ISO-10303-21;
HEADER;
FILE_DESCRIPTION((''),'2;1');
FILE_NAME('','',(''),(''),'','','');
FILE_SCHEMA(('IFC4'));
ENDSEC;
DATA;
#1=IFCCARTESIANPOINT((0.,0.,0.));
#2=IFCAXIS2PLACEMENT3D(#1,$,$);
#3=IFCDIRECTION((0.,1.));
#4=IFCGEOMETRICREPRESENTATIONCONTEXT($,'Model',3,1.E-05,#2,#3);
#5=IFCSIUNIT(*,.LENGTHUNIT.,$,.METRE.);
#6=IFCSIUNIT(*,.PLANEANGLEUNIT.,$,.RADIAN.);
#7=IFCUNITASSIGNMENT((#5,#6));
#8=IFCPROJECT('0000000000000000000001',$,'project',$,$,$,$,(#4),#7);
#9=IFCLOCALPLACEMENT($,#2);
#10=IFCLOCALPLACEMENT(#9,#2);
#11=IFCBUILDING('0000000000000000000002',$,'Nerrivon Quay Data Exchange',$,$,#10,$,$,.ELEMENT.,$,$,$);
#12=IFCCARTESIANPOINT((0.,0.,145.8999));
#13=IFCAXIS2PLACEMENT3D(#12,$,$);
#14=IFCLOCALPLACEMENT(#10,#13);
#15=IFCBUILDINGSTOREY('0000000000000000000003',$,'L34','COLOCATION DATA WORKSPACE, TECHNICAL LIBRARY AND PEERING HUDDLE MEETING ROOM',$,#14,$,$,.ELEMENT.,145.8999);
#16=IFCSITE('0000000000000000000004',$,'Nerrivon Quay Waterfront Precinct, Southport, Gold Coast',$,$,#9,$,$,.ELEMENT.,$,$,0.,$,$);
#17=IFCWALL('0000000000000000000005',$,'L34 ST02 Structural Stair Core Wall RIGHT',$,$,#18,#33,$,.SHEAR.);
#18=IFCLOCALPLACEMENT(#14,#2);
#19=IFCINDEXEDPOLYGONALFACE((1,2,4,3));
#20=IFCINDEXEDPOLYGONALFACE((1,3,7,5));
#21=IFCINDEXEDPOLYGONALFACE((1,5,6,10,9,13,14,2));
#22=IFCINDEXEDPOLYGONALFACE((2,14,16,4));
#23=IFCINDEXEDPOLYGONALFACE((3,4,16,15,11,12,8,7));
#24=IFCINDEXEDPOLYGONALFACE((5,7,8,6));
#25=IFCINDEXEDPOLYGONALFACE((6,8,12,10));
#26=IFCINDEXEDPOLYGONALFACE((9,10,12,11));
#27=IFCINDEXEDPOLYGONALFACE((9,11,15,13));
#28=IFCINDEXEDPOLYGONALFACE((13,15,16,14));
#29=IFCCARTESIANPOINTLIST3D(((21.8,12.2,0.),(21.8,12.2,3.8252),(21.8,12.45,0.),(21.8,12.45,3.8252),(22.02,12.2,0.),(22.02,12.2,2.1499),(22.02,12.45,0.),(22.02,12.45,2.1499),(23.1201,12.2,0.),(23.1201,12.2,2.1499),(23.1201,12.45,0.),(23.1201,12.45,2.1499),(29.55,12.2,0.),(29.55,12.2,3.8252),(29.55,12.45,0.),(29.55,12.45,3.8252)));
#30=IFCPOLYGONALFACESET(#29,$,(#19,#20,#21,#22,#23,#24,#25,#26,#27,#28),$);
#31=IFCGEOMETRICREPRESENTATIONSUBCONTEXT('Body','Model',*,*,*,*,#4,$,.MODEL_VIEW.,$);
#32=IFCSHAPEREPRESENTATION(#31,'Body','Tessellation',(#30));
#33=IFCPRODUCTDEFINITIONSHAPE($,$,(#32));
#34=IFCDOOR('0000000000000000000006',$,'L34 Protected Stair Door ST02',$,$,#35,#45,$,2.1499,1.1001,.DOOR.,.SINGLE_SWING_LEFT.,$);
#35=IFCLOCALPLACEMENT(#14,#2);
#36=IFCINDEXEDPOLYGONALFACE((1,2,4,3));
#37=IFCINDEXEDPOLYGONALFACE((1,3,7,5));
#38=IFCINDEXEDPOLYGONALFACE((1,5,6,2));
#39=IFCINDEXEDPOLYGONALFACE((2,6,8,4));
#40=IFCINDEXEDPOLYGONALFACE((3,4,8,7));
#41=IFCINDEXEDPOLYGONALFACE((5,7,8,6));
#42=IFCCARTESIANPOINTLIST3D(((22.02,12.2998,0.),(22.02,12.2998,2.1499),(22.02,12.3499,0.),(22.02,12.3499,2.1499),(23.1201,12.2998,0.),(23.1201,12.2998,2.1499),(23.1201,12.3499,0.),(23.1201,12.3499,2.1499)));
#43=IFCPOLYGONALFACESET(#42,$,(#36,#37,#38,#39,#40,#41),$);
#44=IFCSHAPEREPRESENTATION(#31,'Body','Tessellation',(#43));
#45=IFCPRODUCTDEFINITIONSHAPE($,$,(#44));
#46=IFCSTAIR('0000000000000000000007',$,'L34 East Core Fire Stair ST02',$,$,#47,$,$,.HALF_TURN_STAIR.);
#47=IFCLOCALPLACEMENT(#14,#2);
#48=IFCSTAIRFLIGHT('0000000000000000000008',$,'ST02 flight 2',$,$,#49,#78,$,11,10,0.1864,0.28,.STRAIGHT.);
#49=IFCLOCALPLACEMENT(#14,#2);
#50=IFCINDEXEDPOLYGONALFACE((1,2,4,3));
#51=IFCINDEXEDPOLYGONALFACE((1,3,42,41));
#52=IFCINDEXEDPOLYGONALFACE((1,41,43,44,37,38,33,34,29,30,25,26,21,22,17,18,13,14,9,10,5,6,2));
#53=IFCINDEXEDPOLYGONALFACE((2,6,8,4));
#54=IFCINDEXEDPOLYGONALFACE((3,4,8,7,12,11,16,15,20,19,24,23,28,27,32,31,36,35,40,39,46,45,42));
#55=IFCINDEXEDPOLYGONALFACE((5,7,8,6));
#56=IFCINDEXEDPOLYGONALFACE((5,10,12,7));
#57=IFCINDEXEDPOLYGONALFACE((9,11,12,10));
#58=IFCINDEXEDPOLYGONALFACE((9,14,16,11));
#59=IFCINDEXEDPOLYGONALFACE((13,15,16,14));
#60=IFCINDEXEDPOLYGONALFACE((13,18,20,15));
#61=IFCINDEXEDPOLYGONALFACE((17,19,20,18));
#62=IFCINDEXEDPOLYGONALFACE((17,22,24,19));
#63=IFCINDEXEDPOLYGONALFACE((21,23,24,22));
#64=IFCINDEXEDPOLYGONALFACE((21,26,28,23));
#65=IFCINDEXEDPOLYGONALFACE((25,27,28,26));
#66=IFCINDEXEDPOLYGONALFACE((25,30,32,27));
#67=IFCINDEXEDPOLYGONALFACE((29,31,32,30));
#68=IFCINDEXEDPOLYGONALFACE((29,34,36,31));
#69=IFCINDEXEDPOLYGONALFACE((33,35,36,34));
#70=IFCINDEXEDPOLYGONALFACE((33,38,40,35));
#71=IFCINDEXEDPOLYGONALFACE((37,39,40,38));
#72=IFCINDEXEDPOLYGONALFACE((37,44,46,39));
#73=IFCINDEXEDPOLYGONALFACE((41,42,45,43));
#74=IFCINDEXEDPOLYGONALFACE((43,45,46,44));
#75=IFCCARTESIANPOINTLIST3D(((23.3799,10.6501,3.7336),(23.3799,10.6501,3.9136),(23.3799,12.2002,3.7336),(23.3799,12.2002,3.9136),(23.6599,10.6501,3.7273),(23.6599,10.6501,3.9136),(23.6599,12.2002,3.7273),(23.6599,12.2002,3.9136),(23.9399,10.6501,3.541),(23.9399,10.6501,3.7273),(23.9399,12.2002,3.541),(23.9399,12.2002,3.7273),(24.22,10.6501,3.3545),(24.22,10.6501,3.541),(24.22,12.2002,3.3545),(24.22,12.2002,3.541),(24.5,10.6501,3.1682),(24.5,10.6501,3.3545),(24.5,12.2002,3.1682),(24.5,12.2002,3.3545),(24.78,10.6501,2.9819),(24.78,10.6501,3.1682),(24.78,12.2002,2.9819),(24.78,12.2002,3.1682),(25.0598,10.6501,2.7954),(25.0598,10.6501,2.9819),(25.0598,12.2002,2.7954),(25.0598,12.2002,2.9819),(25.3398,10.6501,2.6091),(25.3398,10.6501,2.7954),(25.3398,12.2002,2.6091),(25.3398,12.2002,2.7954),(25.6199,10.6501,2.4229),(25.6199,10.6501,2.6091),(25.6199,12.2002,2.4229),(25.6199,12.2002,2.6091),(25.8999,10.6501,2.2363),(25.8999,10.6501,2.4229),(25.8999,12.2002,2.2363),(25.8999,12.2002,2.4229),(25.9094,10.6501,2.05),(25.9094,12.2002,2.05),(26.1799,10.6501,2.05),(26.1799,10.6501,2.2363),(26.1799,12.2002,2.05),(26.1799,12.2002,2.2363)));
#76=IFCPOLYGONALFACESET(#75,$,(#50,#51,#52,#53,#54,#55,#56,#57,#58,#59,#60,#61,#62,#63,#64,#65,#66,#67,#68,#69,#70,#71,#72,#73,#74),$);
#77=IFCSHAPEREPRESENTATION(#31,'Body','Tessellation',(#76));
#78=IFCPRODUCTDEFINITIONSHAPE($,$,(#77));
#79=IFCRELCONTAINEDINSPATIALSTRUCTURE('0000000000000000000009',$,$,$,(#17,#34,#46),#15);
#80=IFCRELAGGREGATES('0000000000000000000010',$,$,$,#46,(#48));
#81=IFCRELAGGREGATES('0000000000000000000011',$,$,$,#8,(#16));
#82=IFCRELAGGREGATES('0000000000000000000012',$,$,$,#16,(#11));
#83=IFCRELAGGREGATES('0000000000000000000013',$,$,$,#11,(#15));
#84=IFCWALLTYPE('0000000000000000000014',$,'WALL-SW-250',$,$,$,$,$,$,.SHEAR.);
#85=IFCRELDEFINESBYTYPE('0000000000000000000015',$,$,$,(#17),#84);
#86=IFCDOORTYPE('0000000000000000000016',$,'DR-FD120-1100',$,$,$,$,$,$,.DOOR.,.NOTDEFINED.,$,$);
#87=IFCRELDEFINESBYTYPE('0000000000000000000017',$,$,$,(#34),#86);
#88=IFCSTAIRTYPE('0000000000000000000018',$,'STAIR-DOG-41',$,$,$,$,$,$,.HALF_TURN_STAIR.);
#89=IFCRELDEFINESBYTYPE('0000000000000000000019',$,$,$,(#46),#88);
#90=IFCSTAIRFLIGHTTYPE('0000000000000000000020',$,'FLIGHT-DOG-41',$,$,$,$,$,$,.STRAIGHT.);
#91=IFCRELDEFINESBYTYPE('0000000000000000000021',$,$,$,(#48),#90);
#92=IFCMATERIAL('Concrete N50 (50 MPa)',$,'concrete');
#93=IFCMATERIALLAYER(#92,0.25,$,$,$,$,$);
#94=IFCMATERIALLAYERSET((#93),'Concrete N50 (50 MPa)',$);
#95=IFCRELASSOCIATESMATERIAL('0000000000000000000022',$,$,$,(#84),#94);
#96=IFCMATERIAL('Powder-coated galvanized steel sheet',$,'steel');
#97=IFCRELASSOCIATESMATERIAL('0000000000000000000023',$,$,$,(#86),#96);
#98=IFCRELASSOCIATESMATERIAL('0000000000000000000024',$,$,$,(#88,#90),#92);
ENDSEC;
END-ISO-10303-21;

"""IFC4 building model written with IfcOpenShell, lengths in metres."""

from ifc_helpers import new_model, si_unit, direction, frame, frame_2d, origin, place, context, subcontext, project, spatial, polyline, rectangle, outline, extrude, material, layer, layer_set, type_object, element, fill, aggregate, save


model = new_model("IFC4")

# Units and contexts
model_context = context("Model", 3, precision=1e-05, world=origin(), true_north=direction((0.0, 1.0)))
body_context = subcontext(model_context, "Body", "Model", "MODEL_VIEW")
ifc_project = project(units=[si_unit("LENGTHUNIT", "METRE"), si_unit("PLANEANGLEUNIT", "RADIAN")], contexts=[model_context])

# Site, building, storey
site_placement = place(None, origin())
site = spatial("IfcSite", under=ifc_project, at=site_placement, Name="Nerrivon Quay Waterfront Precinct, Southport, Gold Coast", CompositionType="ELEMENT", RefElevation=0.0)
building_placement = place(site_placement, origin())
building = spatial("IfcBuilding", under=site, at=building_placement, Name="Nerrivon Quay Data Exchange", CompositionType="ELEMENT")
storey_placement = place(building_placement, frame((0.0, 0.0, 145.8999)))
storey = spatial("IfcBuildingStorey", under=building, at=storey_placement, Name="L34", Description="COLOCATION DATA WORKSPACE, TECHNICAL LIBRARY AND PEERING HUDDLE MEETING ROOM", CompositionType="ELEMENT", Elevation=145.8999)

# Shared definitions
ifc_material_1 = material(Name="Powder-coated galvanized steel sheet", Category="steel")

# Wall, opening, door
ifc_material_2 = material(Name="Concrete N50 (50 MPa)", Category="concrete")
ifc_layer_1 = layer(ifc_material_2, 0.25)
ifc_layer_set_1 = layer_set([ifc_layer_1], Name="Concrete N50 (50 MPa)")
wall_type_1 = type_object("IfcWallType", Name="WALL-SW-250", PredefinedType="SHEAR", material=ifc_layer_set_1)
wall_1_placement = place(storey_placement, frame((21.8, 12.325, 0.0), z_axis=(0.0, 0.0, 1.0), x_axis=(1.0, 0.0, 0.0)))
wall_1 = element("IfcWall", 1, at=wall_1_placement, inside=storey, type_object=wall_type_1, Name="L34 ST02 Structural Stair Core Wall RIGHT", PredefinedType="SHEAR", context=body_context, shape_type="SweptSolid", body=[
    extrude(rectangle(XDim=7.75, YDim=0.25, at=frame_2d((3.875, 0.0))), origin(), (0.0, 0.0, 1.0), 3.8252),
])
opening_1_placement = place(wall_1_placement, frame((0.22, 0.0, 0.0)))
opening_1 = element("IfcOpeningElement", 2, at=opening_1_placement, cuts=wall_1, PredefinedType="OPENING", context=body_context, shape_type="SweptSolid", body=[
    extrude(rectangle(XDim=1.1001, YDim=2.1499, at=frame_2d((0.55, 1.075))), frame((0.0, 0.135, 0.0), z_axis=(0.0, -1.0, 0.0), x_axis=(1.0, 0.0, 0.0)), (0.0, 0.0, 1.0), 0.27),
])
door_type_1 = type_object("IfcDoorType", Name="DR-FD120-1100", OperationType="NOTDEFINED", PredefinedType="DOOR", material=ifc_material_1)
door_1_placement = place(opening_1_placement, origin())
door_1 = element("IfcDoor", 3, at=door_1_placement, inside=storey, type_object=door_type_1, Name="L34 Protected Stair Door ST02", OperationType="SINGLE_SWING_LEFT", OverallHeight=2.1499, OverallWidth=1.1001, PredefinedType="DOOR", context=body_context, shape_type="SweptSolid", body=[
    extrude(rectangle(XDim=1.1001, YDim=2.1499, at=frame_2d((0.55, 1.075))), frame((0.0, 0.0249, 0.0), z_axis=(0.0, -1.0, 0.0), x_axis=(1.0, 0.0, 0.0)), (0.0, 0.0, 1.0), 0.05),
])
fill(opening_1, door_1)

# Stair, stair flight
stair_type = type_object("IfcStairType", Name="STAIR-DOG-41", PredefinedType="HALF_TURN_STAIR", material=ifc_material_2)
stair_placement = place(storey_placement, origin())
stair = element("IfcStair", 4, at=stair_placement, inside=storey, type_object=stair_type, Name="L34 East Core Fire Stair ST02", PredefinedType="HALF_TURN_STAIR")
stair_flight_type = type_object("IfcStairFlightType", Name="FLIGHT-DOG-41", PredefinedType="STRAIGHT", material=ifc_material_2)
stair_flight_placement = place(storey_placement, frame((26.1799, 11.425, 2.05), z_axis=(0.0, 0.0, 1.0), x_axis=(-1.0, 0.0, 0.0)))
stair_flight = element("IfcStairFlight", 5, at=stair_flight_placement, type_object=stair_flight_type, Name="ST02 flight 2", NumberOfRisers=11, NumberOfTreads=10, PredefinedType="STRAIGHT", RiserHeight=0.1864, TreadLength=0.28, context=body_context, shape_type="SweptSolid", body=[
    extrude(outline(polyline([(0.0, 0.0), (0.0, 0.1863), (0.28, 0.1863), (0.28, 0.3728), (0.5601, 0.3728), (0.5601, 0.5591), (0.8401, 0.5591), (0.8401, 0.7454), (1.1201, 0.7454), (1.1201, 0.9319), (1.3999, 0.9319), (1.3999, 1.1182), (1.6799, 1.1182), (1.6799, 1.3044), (1.96, 1.3044), (1.96, 1.491), (2.24, 1.491), (2.24, 1.6772), (2.52, 1.6772), (2.52, 1.8635), (2.8, 1.8635), (2.8, 2.05), (2.8, 1.6836), (0.2705, 0.0), (0.0, 0.0)])), frame((0.0, 0.7749, 0.0), z_axis=(0.0, -1.0, 0.0), x_axis=(1.0, 0.0, 0.0)), (0.0, 0.0, 1.0), 1.55),
])
aggregate(stair, [stair_flight])

save(model, "model.ifc")
